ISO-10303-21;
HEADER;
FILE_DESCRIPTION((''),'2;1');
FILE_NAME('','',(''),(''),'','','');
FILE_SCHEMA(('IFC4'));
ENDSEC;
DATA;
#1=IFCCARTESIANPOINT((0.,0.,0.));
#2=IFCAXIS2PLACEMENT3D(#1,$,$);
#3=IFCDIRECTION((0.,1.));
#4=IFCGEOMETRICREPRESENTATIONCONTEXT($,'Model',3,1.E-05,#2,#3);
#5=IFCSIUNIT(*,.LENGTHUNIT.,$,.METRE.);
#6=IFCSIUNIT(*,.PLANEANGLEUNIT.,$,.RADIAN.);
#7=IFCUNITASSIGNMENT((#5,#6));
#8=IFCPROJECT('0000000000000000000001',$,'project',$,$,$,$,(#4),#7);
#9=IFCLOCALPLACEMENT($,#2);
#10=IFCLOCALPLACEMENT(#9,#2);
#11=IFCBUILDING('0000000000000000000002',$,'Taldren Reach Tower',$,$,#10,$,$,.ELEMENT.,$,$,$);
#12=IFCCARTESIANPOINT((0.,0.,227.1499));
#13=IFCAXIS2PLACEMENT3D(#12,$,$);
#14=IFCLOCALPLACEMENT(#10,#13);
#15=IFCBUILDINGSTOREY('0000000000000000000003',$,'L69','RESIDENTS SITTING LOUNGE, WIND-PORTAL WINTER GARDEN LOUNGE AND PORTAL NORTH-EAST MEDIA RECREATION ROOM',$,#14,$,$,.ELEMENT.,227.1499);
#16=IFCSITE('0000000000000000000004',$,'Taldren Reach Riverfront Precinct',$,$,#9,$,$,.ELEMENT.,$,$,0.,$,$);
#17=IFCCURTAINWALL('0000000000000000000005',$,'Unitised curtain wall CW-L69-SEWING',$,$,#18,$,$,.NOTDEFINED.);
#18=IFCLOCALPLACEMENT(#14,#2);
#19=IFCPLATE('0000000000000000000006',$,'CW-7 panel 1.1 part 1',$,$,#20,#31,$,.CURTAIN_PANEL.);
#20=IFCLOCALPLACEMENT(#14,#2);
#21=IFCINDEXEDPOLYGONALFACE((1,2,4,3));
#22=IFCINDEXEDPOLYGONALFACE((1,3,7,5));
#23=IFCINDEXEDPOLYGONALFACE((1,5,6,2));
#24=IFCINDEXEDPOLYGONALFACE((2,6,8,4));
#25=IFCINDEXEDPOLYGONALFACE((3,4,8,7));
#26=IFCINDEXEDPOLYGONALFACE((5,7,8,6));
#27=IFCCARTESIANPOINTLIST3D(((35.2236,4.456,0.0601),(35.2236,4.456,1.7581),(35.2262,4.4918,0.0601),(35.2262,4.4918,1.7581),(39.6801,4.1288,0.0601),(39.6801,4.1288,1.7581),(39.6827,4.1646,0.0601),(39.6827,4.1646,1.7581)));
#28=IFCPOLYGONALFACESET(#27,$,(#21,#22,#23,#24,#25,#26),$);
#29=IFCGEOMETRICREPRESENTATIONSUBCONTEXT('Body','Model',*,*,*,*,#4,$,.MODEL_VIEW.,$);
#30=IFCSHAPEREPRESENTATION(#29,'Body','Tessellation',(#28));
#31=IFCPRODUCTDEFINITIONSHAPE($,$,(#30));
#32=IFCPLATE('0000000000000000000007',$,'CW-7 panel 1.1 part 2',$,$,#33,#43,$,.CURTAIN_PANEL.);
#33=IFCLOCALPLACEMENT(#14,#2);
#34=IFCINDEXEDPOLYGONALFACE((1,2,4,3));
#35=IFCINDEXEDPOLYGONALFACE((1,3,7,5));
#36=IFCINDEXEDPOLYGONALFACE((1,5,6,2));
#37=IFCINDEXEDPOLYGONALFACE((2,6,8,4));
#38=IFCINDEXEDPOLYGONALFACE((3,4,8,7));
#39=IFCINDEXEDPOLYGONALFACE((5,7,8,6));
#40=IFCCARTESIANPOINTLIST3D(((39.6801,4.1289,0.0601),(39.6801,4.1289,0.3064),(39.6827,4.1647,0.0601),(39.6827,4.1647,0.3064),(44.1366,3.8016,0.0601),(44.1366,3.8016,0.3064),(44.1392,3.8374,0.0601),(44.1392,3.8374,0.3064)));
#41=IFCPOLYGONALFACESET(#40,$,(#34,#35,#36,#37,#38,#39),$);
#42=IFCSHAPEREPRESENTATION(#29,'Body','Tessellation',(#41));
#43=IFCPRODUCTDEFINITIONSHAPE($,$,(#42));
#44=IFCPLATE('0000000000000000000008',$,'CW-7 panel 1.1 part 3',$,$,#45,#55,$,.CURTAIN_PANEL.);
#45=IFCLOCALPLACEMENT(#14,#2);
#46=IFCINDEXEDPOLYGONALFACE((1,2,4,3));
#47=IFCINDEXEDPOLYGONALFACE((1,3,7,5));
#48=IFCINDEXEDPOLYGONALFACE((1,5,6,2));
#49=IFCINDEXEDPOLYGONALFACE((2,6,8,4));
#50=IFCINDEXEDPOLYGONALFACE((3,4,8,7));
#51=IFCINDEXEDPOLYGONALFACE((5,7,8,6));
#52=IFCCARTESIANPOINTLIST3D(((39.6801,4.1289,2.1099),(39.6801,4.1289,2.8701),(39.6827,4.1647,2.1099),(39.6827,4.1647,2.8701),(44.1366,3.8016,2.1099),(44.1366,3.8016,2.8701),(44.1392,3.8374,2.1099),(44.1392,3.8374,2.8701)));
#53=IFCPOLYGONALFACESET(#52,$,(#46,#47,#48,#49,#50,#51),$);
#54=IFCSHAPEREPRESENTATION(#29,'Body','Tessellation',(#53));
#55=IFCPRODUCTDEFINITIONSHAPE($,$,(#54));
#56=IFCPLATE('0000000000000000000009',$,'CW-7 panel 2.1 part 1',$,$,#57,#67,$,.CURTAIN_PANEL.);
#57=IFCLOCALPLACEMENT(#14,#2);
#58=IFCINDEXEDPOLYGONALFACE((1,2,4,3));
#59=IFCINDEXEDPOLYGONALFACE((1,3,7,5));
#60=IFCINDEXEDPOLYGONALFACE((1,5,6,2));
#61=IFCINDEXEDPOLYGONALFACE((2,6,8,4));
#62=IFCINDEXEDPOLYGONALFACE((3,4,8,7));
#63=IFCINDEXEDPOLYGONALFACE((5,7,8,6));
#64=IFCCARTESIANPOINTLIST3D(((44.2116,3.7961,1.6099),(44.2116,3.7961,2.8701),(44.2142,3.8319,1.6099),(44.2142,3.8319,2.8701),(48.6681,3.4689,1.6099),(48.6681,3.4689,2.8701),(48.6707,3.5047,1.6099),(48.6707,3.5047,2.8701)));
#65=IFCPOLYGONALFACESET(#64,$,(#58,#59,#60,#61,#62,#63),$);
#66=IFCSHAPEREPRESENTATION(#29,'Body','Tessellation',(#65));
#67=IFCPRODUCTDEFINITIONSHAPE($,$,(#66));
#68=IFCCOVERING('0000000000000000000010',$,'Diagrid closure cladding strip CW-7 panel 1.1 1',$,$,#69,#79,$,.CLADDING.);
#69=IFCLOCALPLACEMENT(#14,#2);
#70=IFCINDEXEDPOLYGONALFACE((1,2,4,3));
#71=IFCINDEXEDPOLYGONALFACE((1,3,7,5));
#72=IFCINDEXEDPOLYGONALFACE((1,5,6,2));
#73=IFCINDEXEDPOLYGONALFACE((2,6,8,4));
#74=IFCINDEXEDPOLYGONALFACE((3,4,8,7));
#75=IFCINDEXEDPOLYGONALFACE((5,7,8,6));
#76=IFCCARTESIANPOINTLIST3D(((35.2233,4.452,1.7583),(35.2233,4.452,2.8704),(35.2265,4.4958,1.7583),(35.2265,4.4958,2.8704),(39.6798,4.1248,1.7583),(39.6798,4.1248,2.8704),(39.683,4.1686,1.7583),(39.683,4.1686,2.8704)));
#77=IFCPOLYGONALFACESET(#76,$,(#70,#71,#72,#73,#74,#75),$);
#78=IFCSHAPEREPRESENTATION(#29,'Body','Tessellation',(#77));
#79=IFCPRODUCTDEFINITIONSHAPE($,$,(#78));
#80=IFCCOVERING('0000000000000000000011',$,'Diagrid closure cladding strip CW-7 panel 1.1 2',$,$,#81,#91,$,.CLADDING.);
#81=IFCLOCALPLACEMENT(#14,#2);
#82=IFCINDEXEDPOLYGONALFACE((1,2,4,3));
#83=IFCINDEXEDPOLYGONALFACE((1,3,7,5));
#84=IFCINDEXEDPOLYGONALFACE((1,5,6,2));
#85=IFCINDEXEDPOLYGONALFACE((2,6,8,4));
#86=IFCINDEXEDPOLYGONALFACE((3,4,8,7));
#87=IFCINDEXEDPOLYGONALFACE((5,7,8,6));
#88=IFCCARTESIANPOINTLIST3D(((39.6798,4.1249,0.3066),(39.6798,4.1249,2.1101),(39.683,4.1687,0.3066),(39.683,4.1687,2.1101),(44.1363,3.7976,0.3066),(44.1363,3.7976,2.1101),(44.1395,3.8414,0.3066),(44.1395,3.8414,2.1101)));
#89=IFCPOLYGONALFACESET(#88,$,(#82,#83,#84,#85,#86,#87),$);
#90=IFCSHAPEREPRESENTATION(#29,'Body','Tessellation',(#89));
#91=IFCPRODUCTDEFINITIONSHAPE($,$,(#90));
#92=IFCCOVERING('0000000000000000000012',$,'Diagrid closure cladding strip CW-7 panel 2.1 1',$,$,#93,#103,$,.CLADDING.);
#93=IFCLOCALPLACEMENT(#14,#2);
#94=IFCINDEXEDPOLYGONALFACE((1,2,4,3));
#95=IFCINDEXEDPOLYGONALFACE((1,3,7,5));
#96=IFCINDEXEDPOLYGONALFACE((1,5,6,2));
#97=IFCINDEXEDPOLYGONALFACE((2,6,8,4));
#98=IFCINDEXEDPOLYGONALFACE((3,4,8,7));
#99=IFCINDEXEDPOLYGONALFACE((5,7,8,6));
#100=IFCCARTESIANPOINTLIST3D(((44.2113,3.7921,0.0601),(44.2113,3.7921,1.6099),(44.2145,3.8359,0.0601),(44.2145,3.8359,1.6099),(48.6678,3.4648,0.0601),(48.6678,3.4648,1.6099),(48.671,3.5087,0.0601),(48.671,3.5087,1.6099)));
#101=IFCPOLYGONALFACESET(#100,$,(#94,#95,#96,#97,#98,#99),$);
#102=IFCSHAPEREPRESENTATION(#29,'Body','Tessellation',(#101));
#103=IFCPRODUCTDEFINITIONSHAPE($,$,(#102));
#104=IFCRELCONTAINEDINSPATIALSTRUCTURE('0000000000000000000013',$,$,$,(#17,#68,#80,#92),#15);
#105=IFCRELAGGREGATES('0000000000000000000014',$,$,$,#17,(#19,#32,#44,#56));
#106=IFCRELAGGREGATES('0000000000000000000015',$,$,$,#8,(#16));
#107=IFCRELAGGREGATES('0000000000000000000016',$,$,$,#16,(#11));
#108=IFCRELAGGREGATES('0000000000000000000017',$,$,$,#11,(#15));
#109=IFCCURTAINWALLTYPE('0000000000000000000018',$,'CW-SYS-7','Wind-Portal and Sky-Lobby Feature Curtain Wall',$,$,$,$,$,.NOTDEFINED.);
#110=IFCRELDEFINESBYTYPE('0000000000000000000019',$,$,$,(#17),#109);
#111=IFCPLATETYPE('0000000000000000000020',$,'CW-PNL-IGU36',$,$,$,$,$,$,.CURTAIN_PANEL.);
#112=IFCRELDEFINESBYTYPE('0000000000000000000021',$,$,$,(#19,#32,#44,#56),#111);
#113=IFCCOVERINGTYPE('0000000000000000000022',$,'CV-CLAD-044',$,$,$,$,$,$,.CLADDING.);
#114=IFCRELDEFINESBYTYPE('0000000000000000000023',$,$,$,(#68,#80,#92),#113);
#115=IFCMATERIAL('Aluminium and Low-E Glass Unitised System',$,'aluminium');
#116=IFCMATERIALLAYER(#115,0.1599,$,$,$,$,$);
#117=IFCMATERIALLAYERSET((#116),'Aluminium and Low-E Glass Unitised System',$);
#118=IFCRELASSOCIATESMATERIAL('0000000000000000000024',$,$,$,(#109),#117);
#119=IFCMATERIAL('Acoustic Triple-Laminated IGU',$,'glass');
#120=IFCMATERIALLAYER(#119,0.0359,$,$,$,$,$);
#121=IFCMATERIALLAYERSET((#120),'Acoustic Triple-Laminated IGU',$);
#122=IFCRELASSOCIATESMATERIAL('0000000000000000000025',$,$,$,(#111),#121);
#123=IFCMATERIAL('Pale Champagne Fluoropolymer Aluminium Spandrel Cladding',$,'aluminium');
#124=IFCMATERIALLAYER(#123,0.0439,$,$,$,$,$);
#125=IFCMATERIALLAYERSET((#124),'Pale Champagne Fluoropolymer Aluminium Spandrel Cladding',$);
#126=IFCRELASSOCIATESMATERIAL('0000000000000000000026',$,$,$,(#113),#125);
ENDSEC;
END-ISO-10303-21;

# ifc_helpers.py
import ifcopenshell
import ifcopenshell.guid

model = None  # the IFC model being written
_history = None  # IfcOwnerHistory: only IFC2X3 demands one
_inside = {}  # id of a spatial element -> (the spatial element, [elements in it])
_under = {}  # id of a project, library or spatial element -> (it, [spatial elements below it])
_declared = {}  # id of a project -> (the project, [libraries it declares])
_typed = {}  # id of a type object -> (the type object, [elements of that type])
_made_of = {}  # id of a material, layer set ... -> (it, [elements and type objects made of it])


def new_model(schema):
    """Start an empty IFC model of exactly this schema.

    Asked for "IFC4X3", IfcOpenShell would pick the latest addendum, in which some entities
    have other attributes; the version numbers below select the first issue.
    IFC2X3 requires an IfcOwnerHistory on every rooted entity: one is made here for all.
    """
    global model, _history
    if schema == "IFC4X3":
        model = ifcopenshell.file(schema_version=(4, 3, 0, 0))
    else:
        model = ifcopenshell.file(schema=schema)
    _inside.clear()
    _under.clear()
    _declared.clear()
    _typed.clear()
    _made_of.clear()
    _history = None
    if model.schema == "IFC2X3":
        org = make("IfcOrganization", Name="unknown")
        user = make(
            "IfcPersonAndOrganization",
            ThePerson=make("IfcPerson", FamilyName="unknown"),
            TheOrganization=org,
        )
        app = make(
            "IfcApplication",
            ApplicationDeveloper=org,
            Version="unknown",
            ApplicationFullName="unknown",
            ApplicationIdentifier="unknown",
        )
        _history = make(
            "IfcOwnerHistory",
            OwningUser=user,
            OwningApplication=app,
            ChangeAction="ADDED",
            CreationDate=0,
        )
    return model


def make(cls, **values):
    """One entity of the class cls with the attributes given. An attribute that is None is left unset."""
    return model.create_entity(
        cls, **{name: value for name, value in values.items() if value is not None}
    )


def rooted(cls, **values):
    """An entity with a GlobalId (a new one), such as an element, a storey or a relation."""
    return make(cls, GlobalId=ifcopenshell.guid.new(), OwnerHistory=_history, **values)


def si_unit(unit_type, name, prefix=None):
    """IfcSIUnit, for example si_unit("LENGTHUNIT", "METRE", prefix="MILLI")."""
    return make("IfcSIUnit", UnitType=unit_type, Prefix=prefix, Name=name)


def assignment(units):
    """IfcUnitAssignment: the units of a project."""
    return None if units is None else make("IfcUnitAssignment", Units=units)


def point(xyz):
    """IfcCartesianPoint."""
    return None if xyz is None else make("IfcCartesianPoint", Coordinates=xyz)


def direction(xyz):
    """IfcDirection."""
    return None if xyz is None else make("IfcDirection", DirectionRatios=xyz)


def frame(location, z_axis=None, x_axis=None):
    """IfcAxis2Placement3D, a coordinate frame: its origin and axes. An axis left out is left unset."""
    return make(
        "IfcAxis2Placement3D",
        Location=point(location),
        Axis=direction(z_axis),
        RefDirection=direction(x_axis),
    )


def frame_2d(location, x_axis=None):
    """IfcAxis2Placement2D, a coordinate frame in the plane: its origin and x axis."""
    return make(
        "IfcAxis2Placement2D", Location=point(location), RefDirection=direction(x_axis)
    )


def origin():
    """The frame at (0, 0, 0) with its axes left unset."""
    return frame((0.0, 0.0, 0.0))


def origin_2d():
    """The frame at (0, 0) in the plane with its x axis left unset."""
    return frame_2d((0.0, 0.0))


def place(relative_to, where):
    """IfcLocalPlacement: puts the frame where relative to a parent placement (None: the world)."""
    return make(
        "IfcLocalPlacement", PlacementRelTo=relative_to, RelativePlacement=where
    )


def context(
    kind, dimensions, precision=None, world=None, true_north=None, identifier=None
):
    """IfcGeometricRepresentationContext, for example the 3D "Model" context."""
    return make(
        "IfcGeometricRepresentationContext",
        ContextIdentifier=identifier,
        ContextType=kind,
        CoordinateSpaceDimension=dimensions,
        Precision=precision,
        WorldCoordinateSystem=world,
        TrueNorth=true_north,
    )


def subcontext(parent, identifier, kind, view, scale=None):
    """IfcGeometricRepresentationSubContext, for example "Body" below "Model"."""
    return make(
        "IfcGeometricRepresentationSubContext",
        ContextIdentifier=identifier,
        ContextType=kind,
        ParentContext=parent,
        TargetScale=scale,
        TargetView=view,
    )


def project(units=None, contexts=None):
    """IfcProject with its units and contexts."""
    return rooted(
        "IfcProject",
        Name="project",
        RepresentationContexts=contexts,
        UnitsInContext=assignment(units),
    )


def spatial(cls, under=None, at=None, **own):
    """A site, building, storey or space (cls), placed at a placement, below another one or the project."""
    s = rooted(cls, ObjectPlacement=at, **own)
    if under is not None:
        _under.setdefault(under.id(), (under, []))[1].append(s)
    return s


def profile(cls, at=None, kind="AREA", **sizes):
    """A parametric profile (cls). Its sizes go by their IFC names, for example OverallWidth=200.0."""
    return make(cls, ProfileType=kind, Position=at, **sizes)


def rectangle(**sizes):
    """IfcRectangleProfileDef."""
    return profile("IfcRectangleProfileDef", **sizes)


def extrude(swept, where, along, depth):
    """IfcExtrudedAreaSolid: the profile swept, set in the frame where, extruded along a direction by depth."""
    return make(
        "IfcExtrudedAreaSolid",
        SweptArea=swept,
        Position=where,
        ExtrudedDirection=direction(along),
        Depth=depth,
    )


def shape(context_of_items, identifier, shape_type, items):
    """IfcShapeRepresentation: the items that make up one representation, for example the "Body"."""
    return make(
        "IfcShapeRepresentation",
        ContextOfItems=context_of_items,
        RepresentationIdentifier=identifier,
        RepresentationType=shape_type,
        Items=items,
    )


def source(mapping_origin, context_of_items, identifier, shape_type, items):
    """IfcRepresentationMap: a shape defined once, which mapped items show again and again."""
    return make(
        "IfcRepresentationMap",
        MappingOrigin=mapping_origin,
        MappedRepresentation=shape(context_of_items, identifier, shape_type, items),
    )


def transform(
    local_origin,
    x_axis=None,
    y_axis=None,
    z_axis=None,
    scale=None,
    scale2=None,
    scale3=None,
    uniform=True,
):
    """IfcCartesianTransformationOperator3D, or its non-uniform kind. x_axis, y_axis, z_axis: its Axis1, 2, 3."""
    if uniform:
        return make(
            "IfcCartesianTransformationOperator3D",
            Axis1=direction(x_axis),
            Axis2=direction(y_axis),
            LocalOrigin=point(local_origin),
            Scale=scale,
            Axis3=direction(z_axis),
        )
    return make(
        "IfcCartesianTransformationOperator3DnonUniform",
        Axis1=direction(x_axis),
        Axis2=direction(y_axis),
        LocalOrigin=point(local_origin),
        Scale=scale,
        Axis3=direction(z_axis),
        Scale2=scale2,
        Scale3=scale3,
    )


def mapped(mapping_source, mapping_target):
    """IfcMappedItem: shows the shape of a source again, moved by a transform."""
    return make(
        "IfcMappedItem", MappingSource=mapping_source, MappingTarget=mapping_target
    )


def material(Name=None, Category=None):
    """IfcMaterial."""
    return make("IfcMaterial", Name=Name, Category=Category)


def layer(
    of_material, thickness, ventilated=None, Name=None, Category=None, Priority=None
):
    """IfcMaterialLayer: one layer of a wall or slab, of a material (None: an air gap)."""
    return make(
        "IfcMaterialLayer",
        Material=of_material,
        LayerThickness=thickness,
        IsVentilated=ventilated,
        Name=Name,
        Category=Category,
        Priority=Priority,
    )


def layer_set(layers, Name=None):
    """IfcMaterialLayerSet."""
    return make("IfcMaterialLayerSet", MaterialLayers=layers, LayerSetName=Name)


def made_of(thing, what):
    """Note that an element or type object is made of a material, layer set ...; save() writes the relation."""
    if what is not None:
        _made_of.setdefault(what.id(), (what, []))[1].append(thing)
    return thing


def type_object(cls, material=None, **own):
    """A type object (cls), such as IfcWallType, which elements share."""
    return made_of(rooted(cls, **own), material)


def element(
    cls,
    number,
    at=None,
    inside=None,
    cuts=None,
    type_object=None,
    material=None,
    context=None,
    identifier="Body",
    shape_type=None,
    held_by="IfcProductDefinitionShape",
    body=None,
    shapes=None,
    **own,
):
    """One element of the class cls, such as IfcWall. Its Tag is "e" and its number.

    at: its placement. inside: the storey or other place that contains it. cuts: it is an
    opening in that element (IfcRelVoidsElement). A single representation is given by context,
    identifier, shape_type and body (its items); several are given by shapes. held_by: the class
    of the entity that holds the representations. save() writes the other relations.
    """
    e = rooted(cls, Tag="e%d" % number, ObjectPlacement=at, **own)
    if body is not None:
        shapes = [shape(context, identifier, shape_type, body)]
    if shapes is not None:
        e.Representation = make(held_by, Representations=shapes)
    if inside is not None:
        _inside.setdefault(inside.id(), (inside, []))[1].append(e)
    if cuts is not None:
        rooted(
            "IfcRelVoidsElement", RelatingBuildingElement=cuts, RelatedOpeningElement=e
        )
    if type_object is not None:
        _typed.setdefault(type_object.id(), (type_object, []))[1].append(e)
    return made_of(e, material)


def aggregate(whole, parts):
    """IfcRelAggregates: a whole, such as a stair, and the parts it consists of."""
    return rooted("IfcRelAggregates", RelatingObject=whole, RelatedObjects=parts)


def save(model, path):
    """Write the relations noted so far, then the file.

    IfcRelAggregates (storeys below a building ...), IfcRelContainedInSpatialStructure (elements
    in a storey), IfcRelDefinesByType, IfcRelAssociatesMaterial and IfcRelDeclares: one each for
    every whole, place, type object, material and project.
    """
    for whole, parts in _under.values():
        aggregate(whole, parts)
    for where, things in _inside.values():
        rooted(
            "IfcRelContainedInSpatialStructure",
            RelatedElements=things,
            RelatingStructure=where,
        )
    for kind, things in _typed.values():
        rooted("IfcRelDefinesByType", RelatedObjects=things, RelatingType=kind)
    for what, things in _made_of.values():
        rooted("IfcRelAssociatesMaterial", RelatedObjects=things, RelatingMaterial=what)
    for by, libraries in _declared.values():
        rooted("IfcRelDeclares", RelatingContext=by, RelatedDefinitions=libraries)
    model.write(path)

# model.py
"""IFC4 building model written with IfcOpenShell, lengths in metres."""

from ifc_helpers import new_model, si_unit, direction, frame, origin, origin_2d, place, context, subcontext, project, spatial, rectangle, extrude, source, transform, mapped, material, layer, layer_set, type_object, element, aggregate, save


model = new_model("IFC4")

# Units and contexts
model_context = context("Model", 3, precision=1e-05, world=origin(), true_north=direction((0.0, 1.0)))
body_context = subcontext(model_context, "Body", "Model", "MODEL_VIEW")
ifc_project = project(units=[si_unit("LENGTHUNIT", "METRE"), si_unit("PLANEANGLEUNIT", "RADIAN")], contexts=[model_context])

# Site, building, storey
site_placement = place(None, origin())
site = spatial("IfcSite", under=ifc_project, at=site_placement, Name="Taldren Reach Riverfront Precinct", CompositionType="ELEMENT", RefElevation=0.0)
building_placement = place(site_placement, origin())
building = spatial("IfcBuilding", under=site, at=building_placement, Name="Taldren Reach Tower", CompositionType="ELEMENT")
storey_placement = place(building_placement, frame((0.0, 0.0, 227.1499)))
storey = spatial("IfcBuildingStorey", under=building, at=storey_placement, Name="L69", Description="RESIDENTS SITTING LOUNGE, WIND-PORTAL WINTER GARDEN LOUNGE AND PORTAL NORTH-EAST MEDIA RECREATION ROOM", CompositionType="ELEMENT", Elevation=227.1499)

# Curtain wall
ifc_material_1 = material(Name="Aluminium and Low-E Glass Unitised System", Category="aluminium")
ifc_layer_1 = layer(ifc_material_1, 0.1599)
ifc_layer_set_1 = layer_set([ifc_layer_1], Name="Aluminium and Low-E Glass Unitised System")
curtain_wall_type = type_object("IfcCurtainWallType", Name="CW-SYS-7", Description="Wind-Portal and Sky-Lobby Feature Curtain Wall", PredefinedType="NOTDEFINED", material=ifc_layer_set_1)
curtain_wall_placement = place(storey_placement, origin())
curtain_wall = element("IfcCurtainWall", 1, at=curtain_wall_placement, inside=storey, type_object=curtain_wall_type, Name="Unitised curtain wall CW-L69-SEWING", PredefinedType="NOTDEFINED")

# Plates
ifc_material_2 = material(Name="Acoustic Triple-Laminated IGU", Category="glass")
ifc_layer_2 = layer(ifc_material_2, 0.0359)
ifc_layer_set_2 = layer_set([ifc_layer_2], Name="Acoustic Triple-Laminated IGU")
plate_type_1 = type_object("IfcPlateType", Name="CW-PNL-IGU36", PredefinedType="CURTAIN_PANEL", material=ifc_layer_set_2)
shared_shape_1 = source(origin(), body_context, "Body", "SweptSolid", [
    extrude(rectangle(XDim=4.4685, YDim=0.0359, at=origin_2d()), origin(), (0.0, 0.0, 1.0), 1.698),
])
plate_1_placement = place(storey_placement, frame((37.4531, 4.3103, 0.0601), z_axis=(0.0, 0.0, 1.0), x_axis=(0.997314, -0.073238, 0.0)))
plate_1 = element("IfcPlate", 2, at=plate_1_placement, type_object=plate_type_1, Name="CW-7 panel 1.1 part 1", PredefinedType="CURTAIN_PANEL", context=body_context, shape_type="MappedRepresentation", body=[
    mapped(shared_shape_1, transform((0.0, 0.0, 0.0), scale=1.0)),
])
shared_shape_2 = source(origin(), body_context, "Body", "SweptSolid", [
    extrude(rectangle(XDim=4.4685, YDim=0.0359, at=origin_2d()), origin(), (0.0, 0.0, 1.0), 0.2463),
])
plate_2_placement = place(storey_placement, frame((41.9097, 3.9832, 0.0601), z_axis=(0.0, 0.0, 1.0), x_axis=(0.997314, -0.073238, 0.0)))
plate_2 = element("IfcPlate", 3, at=plate_2_placement, type_object=plate_type_1, Name="CW-7 panel 1.1 part 2", PredefinedType="CURTAIN_PANEL", context=body_context, shape_type="MappedRepresentation", body=[
    mapped(shared_shape_2, transform((0.0, 0.0, 0.0), scale=1.0)),
])
shared_shape_3 = source(origin(), body_context, "Body", "SweptSolid", [
    extrude(rectangle(XDim=4.4685, YDim=0.0359, at=origin_2d()), origin(), (0.0, 0.0, 1.0), 0.7603),
])
plate_3_placement = place(storey_placement, frame((41.9097, 3.9832, 2.1099), z_axis=(0.0, 0.0, 1.0), x_axis=(0.997314, -0.073238, 0.0)))
plate_3 = element("IfcPlate", 4, at=plate_3_placement, type_object=plate_type_1, Name="CW-7 panel 1.1 part 3", PredefinedType="CURTAIN_PANEL", context=body_context, shape_type="MappedRepresentation", body=[
    mapped(shared_shape_3, transform((0.0, 0.0, 0.0), scale=1.0)),
])
shared_shape_4 = source(origin(), body_context, "Body", "SweptSolid", [
    extrude(rectangle(XDim=4.4685, YDim=0.0359, at=origin_2d()), origin(), (0.0, 0.0, 1.0), 1.2603),
])
plate_4_placement = place(storey_placement, frame((46.4412, 3.6504, 1.6099), z_axis=(0.0, 0.0, 1.0), x_axis=(0.997314, -0.073238, 0.0)))
plate_4 = element("IfcPlate", 5, at=plate_4_placement, type_object=plate_type_1, Name="CW-7 panel 2.1 part 1", PredefinedType="CURTAIN_PANEL", context=body_context, shape_type="MappedRepresentation", body=[
    mapped(shared_shape_4, transform((0.0, 0.0, 0.0), scale=1.0)),
])
aggregate(curtain_wall, [plate_1, plate_2, plate_3, plate_4])

# Coverings
ifc_material_3 = material(Name="Pale Champagne Fluoropolymer Aluminium Spandrel Cladding", Category="aluminium")
ifc_layer_3 = layer(ifc_material_3, 0.0439)
ifc_layer_set_3 = layer_set([ifc_layer_3], Name="Pale Champagne Fluoropolymer Aluminium Spandrel Cladding")
covering_type = type_object("IfcCoveringType", Name="CV-CLAD-044", PredefinedType="CLADDING", material=ifc_layer_set_3)
shared_shape_5 = source(origin(), body_context, "Body", "SweptSolid", [
    extrude(rectangle(XDim=4.4685, YDim=0.0439, at=origin_2d()), origin(), (0.0, 0.0, 1.0), 1.1121),
])
covering_1_placement = place(storey_placement, frame((37.4531, 4.3103, 1.7583), z_axis=(0.0, 0.0, 1.0), x_axis=(0.997314, -0.073238, 0.0)))
element("IfcCovering", 6, at=covering_1_placement, inside=storey, type_object=covering_type, Name="Diagrid closure cladding strip CW-7 panel 1.1 1", PredefinedType="CLADDING", context=body_context, shape_type="MappedRepresentation", body=[
    mapped(shared_shape_5, transform((0.0, 0.0, 0.0), scale=1.0)),
])
shared_shape_6 = source(origin(), body_context, "Body", "SweptSolid", [
    extrude(rectangle(XDim=4.4685, YDim=0.0439, at=origin_2d()), origin(), (0.0, 0.0, 1.0), 1.8035),
])
covering_2_placement = place(storey_placement, frame((41.9097, 3.9832, 0.3066), z_axis=(0.0, 0.0, 1.0), x_axis=(0.997314, -0.073238, 0.0)))
element("IfcCovering", 7, at=covering_2_placement, inside=storey, type_object=covering_type, Name="Diagrid closure cladding strip CW-7 panel 1.1 2", PredefinedType="CLADDING", context=body_context, shape_type="MappedRepresentation", body=[
    mapped(shared_shape_6, transform((0.0, 0.0, 0.0), scale=1.0)),
])
shared_shape_7 = source(origin(), body_context, "Body", "SweptSolid", [
    extrude(rectangle(XDim=4.4685, YDim=0.0439, at=origin_2d()), origin(), (0.0, 0.0, 1.0), 1.5498),
])
covering_3_placement = place(storey_placement, frame((46.4412, 3.6504, 0.0601), z_axis=(0.0, 0.0, 1.0), x_axis=(0.997314, -0.073238, 0.0)))
element("IfcCovering", 8, at=covering_3_placement, inside=storey, type_object=covering_type, Name="Diagrid closure cladding strip CW-7 panel 2.1 1", PredefinedType="CLADDING", context=body_context, shape_type="MappedRepresentation", body=[
    mapped(shared_shape_7, transform((0.0, 0.0, 0.0), scale=1.0)),
])

save(model, "model.ifc")
